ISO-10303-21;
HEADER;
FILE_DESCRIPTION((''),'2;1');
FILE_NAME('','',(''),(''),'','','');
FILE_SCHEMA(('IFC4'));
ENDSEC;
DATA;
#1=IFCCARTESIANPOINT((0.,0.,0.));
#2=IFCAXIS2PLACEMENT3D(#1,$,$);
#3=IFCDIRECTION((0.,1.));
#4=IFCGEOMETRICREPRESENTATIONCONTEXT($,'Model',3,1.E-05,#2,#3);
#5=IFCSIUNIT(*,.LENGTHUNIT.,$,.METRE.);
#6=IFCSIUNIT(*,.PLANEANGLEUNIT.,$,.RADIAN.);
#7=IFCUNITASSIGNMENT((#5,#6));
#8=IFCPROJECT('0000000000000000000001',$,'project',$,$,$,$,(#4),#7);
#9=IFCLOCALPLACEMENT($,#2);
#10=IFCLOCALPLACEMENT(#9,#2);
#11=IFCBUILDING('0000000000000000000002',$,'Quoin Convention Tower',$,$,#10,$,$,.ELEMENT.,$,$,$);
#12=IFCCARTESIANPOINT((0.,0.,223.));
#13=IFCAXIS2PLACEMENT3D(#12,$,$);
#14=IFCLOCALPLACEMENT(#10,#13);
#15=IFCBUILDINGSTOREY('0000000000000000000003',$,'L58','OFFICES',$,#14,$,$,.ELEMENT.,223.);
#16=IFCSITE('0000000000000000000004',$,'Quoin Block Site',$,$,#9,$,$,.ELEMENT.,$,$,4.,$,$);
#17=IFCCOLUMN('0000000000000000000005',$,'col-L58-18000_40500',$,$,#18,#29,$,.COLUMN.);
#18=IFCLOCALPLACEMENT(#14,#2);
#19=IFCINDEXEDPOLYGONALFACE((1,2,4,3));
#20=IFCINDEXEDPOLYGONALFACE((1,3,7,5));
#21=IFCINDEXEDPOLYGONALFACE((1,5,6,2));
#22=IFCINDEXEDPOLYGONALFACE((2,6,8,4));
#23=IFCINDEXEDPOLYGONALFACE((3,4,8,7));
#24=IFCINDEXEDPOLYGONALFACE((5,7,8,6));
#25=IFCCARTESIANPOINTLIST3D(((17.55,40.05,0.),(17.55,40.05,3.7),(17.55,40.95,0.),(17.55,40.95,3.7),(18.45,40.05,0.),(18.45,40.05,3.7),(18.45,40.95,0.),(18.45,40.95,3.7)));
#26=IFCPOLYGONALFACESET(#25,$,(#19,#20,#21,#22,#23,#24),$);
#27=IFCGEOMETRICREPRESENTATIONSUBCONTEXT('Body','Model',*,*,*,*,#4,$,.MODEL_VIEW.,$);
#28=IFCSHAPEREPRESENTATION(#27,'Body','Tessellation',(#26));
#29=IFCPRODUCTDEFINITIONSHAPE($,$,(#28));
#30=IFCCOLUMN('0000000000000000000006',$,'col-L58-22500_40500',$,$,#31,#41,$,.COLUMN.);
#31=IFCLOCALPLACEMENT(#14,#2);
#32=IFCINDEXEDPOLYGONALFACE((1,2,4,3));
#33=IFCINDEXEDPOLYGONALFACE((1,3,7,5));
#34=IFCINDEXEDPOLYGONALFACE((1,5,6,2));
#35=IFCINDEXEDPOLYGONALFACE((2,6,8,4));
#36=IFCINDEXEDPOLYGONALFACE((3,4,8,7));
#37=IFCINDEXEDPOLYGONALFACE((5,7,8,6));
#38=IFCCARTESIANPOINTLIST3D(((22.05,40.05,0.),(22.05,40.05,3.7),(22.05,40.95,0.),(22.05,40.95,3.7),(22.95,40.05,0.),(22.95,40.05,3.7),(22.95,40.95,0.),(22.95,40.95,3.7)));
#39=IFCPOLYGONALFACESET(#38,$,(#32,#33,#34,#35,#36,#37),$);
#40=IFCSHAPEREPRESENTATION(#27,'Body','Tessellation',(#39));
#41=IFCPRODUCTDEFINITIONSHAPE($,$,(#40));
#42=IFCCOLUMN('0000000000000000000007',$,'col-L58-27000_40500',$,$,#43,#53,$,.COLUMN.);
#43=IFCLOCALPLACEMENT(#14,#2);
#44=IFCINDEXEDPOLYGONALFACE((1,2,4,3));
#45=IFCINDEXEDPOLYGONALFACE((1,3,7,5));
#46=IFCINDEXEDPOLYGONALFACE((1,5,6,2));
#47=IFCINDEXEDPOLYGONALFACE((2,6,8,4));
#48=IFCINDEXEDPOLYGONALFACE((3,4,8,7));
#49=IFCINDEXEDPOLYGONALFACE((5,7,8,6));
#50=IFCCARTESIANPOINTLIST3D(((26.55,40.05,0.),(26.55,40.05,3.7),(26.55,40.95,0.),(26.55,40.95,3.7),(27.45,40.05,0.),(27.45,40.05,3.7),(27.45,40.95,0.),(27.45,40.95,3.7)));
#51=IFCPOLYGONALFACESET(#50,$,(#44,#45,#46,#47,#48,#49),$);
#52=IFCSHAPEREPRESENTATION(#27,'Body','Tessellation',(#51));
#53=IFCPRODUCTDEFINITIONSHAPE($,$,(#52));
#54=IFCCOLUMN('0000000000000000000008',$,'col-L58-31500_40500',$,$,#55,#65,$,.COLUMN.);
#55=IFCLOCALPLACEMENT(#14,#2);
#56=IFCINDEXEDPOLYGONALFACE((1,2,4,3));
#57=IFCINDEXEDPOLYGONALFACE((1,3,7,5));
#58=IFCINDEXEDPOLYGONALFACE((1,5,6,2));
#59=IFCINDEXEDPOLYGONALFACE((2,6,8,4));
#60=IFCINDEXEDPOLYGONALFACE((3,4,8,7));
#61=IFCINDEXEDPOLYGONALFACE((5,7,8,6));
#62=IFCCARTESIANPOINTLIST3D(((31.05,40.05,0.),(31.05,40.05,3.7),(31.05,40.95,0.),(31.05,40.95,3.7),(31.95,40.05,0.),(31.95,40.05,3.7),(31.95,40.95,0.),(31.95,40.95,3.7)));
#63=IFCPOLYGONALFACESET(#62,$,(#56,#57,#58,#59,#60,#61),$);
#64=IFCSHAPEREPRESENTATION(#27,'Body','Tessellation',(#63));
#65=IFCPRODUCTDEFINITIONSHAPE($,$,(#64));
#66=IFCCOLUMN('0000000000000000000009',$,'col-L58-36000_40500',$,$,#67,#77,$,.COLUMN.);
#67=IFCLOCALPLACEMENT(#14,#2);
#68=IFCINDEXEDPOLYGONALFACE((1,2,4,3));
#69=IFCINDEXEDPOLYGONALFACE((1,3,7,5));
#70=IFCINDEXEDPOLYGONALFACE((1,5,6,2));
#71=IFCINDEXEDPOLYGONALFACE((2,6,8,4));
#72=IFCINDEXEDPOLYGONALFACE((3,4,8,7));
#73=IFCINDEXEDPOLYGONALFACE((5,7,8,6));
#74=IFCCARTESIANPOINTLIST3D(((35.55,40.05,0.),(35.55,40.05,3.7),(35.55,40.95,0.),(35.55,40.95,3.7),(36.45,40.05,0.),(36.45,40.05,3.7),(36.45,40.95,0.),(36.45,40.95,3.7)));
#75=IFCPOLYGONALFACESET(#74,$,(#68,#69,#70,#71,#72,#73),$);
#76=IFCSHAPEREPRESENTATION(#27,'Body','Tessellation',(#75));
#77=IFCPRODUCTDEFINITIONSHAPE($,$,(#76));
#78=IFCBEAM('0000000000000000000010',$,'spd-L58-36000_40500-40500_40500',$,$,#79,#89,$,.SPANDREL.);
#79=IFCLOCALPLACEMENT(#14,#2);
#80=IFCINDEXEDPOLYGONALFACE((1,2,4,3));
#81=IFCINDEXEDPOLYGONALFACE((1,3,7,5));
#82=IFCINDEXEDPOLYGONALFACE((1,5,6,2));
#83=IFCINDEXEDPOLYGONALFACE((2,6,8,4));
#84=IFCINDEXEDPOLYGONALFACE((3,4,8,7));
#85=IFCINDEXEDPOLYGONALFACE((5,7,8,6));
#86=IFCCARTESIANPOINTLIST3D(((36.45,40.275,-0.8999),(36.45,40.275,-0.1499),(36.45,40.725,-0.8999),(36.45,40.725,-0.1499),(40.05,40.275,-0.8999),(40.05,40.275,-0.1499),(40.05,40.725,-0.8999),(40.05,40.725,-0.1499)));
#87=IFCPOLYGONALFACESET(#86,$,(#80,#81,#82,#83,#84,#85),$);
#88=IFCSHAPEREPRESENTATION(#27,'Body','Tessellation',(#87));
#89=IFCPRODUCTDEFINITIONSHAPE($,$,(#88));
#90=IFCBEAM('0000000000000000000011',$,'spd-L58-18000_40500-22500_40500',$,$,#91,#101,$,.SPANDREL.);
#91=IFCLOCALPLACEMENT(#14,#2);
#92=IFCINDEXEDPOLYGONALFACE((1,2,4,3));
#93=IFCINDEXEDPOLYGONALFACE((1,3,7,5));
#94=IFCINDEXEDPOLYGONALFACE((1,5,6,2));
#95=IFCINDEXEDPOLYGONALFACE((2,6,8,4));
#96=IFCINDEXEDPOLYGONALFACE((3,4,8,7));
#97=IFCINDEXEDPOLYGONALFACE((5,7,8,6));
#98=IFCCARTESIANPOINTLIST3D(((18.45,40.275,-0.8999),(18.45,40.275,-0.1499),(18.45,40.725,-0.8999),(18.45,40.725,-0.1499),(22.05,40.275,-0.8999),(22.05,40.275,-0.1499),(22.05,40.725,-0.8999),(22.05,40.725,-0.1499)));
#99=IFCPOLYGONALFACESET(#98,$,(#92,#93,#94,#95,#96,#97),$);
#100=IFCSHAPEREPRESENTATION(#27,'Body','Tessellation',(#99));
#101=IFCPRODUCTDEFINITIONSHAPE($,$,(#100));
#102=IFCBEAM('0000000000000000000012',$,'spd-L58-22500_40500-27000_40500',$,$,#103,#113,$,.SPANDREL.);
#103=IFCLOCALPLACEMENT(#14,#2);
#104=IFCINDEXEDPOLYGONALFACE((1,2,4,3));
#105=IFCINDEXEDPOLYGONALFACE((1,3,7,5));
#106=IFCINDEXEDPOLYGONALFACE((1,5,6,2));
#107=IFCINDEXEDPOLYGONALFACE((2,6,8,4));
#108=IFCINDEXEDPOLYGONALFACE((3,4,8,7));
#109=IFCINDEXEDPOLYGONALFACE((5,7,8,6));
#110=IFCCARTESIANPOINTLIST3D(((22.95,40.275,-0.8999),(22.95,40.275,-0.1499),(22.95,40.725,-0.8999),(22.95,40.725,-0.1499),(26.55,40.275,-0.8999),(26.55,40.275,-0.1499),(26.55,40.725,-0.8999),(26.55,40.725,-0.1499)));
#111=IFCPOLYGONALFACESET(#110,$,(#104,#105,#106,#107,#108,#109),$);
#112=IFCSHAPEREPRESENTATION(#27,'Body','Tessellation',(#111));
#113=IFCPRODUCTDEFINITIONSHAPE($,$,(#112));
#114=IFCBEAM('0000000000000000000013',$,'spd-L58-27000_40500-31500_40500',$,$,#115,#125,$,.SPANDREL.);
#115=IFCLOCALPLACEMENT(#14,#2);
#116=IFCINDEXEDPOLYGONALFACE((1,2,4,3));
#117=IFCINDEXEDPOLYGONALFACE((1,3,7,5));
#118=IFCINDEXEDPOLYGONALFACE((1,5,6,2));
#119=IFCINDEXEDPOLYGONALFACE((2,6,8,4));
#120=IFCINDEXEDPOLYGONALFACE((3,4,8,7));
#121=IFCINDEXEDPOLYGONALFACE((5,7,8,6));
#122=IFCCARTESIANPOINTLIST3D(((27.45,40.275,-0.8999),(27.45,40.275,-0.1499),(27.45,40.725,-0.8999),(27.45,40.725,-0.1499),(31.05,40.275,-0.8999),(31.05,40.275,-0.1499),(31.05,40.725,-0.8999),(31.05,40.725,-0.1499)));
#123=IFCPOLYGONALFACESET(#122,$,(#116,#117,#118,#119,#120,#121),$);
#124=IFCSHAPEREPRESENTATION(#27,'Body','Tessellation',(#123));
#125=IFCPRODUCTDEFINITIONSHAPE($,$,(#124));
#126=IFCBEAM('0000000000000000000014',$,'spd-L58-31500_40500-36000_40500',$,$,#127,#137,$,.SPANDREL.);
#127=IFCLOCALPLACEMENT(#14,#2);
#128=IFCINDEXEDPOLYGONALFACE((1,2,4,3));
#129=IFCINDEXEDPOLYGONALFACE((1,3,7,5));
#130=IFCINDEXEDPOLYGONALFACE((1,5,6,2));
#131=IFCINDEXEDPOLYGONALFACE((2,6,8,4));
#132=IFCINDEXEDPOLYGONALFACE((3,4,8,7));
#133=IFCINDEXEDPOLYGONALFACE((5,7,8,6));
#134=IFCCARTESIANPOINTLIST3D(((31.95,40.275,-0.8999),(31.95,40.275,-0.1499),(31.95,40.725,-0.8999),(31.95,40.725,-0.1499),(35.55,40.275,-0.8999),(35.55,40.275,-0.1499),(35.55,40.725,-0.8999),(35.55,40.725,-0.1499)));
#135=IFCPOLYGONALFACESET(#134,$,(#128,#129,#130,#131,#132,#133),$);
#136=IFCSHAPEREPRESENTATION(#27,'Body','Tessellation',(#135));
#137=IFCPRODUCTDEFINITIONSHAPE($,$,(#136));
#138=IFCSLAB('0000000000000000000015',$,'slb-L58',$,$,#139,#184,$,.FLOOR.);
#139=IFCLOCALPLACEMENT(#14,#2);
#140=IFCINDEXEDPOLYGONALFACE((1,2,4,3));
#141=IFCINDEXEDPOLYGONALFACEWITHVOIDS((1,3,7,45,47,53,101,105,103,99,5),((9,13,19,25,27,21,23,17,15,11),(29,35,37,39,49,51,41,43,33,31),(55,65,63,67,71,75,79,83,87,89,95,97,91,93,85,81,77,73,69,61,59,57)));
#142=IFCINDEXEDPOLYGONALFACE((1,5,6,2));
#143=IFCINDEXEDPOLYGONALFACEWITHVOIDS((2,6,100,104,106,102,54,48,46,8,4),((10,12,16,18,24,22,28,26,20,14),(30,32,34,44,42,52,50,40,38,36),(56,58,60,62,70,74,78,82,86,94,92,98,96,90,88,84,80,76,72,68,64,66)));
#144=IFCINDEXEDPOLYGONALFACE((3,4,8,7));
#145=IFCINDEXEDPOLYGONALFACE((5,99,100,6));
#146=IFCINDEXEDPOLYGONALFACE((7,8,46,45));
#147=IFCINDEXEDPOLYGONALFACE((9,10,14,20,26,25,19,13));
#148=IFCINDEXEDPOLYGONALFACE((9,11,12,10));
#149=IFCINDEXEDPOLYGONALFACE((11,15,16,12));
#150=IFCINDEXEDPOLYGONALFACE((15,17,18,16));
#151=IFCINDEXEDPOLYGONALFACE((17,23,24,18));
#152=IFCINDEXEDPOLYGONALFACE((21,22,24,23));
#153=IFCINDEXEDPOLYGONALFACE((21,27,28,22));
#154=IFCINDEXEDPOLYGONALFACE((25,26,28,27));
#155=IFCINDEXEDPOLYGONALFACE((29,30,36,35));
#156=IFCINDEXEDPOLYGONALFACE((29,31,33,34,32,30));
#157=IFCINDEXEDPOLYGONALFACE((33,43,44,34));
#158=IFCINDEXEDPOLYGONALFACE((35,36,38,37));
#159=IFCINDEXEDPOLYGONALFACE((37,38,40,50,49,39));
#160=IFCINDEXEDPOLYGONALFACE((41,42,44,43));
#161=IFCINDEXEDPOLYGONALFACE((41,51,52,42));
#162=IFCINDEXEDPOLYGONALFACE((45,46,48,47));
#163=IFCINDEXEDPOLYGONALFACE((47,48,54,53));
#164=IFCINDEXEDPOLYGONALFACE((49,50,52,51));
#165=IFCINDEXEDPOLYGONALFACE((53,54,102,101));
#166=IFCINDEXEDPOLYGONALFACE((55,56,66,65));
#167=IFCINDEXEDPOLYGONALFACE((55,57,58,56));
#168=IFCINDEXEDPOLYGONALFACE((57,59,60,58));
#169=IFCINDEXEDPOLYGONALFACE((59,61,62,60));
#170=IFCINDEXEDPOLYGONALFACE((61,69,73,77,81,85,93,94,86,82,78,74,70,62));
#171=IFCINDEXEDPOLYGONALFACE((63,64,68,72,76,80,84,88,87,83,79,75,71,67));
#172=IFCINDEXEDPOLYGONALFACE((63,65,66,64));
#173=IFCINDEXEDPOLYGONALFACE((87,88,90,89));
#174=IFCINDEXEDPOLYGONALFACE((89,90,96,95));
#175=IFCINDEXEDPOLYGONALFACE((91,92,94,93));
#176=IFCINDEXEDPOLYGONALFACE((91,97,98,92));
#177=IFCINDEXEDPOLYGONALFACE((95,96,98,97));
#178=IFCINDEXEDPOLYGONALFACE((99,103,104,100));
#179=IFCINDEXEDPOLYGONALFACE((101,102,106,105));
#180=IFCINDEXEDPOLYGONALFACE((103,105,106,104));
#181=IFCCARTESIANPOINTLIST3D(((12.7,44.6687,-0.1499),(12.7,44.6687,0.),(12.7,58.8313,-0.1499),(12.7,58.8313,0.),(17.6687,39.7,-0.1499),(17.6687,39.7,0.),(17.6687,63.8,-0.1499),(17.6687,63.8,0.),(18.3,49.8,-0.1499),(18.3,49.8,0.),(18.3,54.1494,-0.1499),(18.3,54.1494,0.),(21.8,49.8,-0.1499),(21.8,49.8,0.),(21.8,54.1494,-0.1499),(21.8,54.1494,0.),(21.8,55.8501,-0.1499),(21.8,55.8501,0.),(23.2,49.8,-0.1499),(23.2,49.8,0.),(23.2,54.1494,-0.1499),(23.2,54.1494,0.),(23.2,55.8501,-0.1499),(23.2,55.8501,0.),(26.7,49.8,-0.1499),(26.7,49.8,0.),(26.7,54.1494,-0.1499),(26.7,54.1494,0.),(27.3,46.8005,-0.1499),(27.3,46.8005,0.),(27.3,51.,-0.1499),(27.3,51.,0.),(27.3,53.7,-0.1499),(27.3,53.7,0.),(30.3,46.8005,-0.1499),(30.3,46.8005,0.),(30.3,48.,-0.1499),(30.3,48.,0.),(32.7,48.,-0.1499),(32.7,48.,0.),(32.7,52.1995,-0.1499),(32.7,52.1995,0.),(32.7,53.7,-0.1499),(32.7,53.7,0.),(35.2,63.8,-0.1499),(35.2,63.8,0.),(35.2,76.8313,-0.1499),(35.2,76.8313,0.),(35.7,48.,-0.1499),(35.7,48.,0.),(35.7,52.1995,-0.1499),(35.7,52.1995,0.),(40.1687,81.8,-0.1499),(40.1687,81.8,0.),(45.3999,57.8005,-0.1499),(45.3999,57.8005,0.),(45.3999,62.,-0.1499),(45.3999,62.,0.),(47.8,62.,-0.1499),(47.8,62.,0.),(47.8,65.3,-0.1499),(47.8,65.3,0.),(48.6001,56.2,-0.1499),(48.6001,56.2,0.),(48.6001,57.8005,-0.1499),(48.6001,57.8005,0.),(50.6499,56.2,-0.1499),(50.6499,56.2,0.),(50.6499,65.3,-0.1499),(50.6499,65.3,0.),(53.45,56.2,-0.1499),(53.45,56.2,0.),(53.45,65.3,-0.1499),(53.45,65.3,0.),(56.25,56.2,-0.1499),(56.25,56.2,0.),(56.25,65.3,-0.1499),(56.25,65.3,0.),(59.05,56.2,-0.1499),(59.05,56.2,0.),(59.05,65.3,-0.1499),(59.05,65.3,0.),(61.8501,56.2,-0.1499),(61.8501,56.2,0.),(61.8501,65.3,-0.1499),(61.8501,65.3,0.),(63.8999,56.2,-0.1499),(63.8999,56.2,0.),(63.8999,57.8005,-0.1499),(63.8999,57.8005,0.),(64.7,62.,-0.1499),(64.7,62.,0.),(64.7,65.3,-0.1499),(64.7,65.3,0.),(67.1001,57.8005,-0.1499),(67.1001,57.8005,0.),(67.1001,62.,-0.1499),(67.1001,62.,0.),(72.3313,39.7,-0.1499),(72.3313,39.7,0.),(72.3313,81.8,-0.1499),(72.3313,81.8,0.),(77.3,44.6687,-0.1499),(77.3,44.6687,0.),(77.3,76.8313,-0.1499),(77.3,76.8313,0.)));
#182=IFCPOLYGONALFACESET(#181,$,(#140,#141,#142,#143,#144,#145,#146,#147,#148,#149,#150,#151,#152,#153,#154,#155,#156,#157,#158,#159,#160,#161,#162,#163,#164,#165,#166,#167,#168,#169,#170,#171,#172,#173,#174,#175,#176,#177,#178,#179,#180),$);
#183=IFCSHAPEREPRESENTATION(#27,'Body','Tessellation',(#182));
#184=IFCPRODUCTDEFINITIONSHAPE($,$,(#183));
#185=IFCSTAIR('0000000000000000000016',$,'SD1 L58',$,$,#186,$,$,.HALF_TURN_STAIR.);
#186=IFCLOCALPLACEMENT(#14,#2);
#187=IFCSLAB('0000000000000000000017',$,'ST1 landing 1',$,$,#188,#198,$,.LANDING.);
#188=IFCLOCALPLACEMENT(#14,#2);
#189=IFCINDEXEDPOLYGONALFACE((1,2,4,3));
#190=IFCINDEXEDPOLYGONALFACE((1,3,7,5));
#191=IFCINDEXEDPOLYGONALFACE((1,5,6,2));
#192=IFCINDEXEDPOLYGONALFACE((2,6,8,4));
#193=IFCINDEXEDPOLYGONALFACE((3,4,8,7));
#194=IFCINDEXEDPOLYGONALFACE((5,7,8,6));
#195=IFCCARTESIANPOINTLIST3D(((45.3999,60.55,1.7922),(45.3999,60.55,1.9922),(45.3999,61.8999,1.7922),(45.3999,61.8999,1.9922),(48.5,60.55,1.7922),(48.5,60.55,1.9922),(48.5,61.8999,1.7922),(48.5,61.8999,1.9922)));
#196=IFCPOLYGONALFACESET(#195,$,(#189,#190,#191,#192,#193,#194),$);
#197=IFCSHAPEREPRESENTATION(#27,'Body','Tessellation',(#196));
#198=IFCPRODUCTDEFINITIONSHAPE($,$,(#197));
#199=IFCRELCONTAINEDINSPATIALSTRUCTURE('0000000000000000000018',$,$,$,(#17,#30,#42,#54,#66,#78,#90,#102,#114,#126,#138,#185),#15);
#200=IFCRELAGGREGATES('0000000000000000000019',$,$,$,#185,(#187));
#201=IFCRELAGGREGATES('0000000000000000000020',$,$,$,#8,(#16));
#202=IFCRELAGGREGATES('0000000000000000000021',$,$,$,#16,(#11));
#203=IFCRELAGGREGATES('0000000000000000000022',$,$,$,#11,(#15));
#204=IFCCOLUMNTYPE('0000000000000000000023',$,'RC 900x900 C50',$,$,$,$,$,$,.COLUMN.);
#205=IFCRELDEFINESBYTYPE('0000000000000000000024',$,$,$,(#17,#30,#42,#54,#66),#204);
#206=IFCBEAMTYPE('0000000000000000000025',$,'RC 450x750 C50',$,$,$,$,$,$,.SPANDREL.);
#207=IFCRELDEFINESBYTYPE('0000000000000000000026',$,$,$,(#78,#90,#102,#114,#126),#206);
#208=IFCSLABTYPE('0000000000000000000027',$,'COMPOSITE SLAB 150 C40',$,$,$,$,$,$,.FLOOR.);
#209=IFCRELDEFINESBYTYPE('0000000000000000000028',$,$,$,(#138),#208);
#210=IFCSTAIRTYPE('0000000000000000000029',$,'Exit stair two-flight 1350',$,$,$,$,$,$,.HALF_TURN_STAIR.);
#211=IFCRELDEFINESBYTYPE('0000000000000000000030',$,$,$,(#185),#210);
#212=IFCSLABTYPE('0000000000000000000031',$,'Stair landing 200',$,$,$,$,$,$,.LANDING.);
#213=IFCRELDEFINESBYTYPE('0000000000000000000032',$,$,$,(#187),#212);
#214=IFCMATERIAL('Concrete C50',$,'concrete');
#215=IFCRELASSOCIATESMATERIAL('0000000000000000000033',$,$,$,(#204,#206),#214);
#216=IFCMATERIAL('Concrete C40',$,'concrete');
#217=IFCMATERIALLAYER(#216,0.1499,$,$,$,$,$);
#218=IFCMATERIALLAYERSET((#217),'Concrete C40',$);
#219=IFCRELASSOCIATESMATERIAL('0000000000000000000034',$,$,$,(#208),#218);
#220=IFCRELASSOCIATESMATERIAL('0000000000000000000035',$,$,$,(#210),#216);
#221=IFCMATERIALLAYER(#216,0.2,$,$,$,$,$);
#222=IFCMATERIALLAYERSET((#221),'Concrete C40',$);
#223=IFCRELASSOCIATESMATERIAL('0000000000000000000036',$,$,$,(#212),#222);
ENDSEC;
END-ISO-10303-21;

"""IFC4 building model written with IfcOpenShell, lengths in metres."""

from ifc_helpers import new_model, si_unit, direction, frame, origin, origin_2d, place, context, subcontext, project, spatial, polyline, rectangle, outline, extrude, material, layer, layer_set, material_profile, profile_set, type_object, element, aggregate, save


model = new_model("IFC4")

# Units and contexts
model_context = context("Model", 3, precision=1e-05, world=origin(), true_north=direction((0.0, 1.0)))
body_context = subcontext(model_context, "Body", "Model", "MODEL_VIEW")
ifc_project = project(units=[si_unit("LENGTHUNIT", "METRE"), si_unit("PLANEANGLEUNIT", "RADIAN")], contexts=[model_context])

# Site, building, storey
site_placement = place(None, origin())
site = spatial("IfcSite", under=ifc_project, at=site_placement, Name="Quoin Block Site", CompositionType="ELEMENT", RefElevation=4.0)
building_placement = place(site_placement, origin())
building = spatial("IfcBuilding", under=site, at=building_placement, Name="Quoin Convention Tower", CompositionType="ELEMENT")
storey_placement = place(building_placement, frame((0.0, 0.0, 223.0)))
storey = spatial("IfcBuildingStorey", under=building, at=storey_placement, Name="L58", Description="OFFICES", CompositionType="ELEMENT", Elevation=223.0)

# Columns
ifc_material_1 = material(Name="Concrete C50", Category="concrete")
ifc_material_profile_1 = material_profile(ifc_material_1, rectangle(XDim=0.8999, YDim=0.8999, at=origin_2d()), Name="RC 900x900")
ifc_profile_set_1 = profile_set([ifc_material_profile_1], Name="Concrete C50")
column_type = type_object("IfcColumnType", Name="RC 900x900 C50", PredefinedType="COLUMN", material=ifc_profile_set_1)
for number, where, z_axis, x_axis, name in (
    (1, (18.0, 40.5, 0.0), (0.0, 0.0, 1.0), (1.0, 0.0, 0.0), "col-L58-18000_40500"),
    (2, (22.5, 40.5, 0.0), (0.0, 0.0, 1.0), (1.0, 0.0, 0.0), "col-L58-22500_40500"),
    (3, (27.0, 40.5, 0.0), (0.0, 0.0, 1.0), (1.0, 0.0, 0.0), "col-L58-27000_40500"),
    (4, (31.5, 40.5, 0.0), (0.0, 0.0, 1.0), (1.0, 0.0, 0.0), "col-L58-31500_40500"),
    (5, (36.0, 40.5, 0.0), (0.0, 0.0, 1.0), (1.0, 0.0, 0.0), "col-L58-36000_40500"),
):
    element("IfcColumn", number, at=place(storey_placement, frame(where, z_axis=z_axis, x_axis=x_axis)), inside=storey, type_object=column_type, Name=name, PredefinedType="COLUMN", context=body_context, shape_type="SweptSolid", body=[
        extrude(rectangle(XDim=0.8999, YDim=0.8999, at=origin_2d()), origin(), (0.0, 0.0, 1.0), 3.7),
    ])

# Beams
ifc_material_profile_2 = material_profile(ifc_material_1, rectangle(XDim=0.45, YDim=0.75, at=origin_2d()), Name="RC 450x750")
ifc_profile_set_2 = profile_set([ifc_material_profile_2], Name="Concrete C50")
beam_type = type_object("IfcBeamType", Name="RC 450x750 C50", PredefinedType="SPANDREL", material=ifc_profile_set_2)
for number, where, z_axis, x_axis, name in (
    (6, (36.45, 40.5, -0.5249), (1.0, 0.0, 0.0), (0.0, 1.0, 0.0), "spd-L58-36000_40500-40500_40500"),
    (7, (18.45, 40.5, -0.5249), (1.0, 0.0, 0.0), (0.0, 1.0, 0.0), "spd-L58-18000_40500-22500_40500"),
    (8, (22.95, 40.5, -0.5249), (1.0, 0.0, 0.0), (0.0, 1.0, 0.0), "spd-L58-22500_40500-27000_40500"),
    (9, (27.45, 40.5, -0.5249), (1.0, 0.0, 0.0), (0.0, 1.0, 0.0), "spd-L58-27000_40500-31500_40500"),
    (10, (31.95, 40.5, -0.5249), (1.0, 0.0, 0.0), (0.0, 1.0, 0.0), "spd-L58-31500_40500-36000_40500"),
):
    element("IfcBeam", number, at=place(storey_placement, frame(where, z_axis=z_axis, x_axis=x_axis)), inside=storey, type_object=beam_type, Name=name, PredefinedType="SPANDREL", context=body_context, shape_type="SweptSolid", body=[
        extrude(rectangle(XDim=0.45, YDim=0.75, at=origin_2d()), origin(), (0.0, 0.0, 1.0), 3.6001),
    ])

# Slab
ifc_material_2 = material(Name="Concrete C40", Category="concrete")
ifc_layer_1 = layer(ifc_material_2, 0.1499)
ifc_layer_set_1 = layer_set([ifc_layer_1], Name="Concrete C40")
slab_type_1 = type_object("IfcSlabType", Name="COMPOSITE SLAB 150 C40", PredefinedType="FLOOR", material=ifc_layer_set_1)
slab_1_placement = place(storey_placement, frame((0.0, 0.0, -0.1499)))
element("IfcSlab", 11, at=slab_1_placement, inside=storey, type_object=slab_type_1, Name="slb-L58", PredefinedType="FLOOR", context=body_context, shape_type="SweptSolid", body=[
    extrude(outline(polyline([(17.6687, 39.7), (12.7, 44.6687), (12.7, 58.8313), (17.6687, 63.8), (35.2, 63.8), (35.2, 76.8313), (40.1687, 81.8), (72.3313, 81.8), (77.3, 76.8313), (77.3, 44.6687), (72.3313, 39.7), (17.6687, 39.7)]), holes=[polyline([(27.3, 51.0), (27.3, 46.8005), (30.3, 46.8005), (30.3, 48.0), (32.7, 48.0), (35.7, 48.0), (35.7, 52.1995), (32.7, 52.1995), (32.7, 53.7), (27.3, 53.7), (27.3, 51.0)]), polyline([(18.3, 49.8), (21.8, 49.8), (23.2, 49.8), (26.7, 49.8), (26.7, 54.1494), (23.2, 54.1494), (23.2, 55.8501), (21.8, 55.8501), (21.8, 54.1494), (18.3, 54.1494), (18.3, 49.8)]), polyline([(48.6001, 56.2), (50.6499, 56.2), (53.45, 56.2), (56.25, 56.2), (59.05, 56.2), (61.8501, 56.2), (63.8999, 56.2), (63.8999, 57.8005), (67.1001, 57.8005), (67.1001, 62.0), (64.7, 62.0), (64.7, 65.3), (61.8501, 65.3), (59.05, 65.3), (56.25, 65.3), (53.45, 65.3), (50.6499, 65.3), (47.8, 65.3), (47.8, 62.0), (45.3999, 62.0), (45.3999, 57.8005), (48.6001, 57.8005), (48.6001, 56.2)])]), origin(), (0.0, 0.0, 1.0), 0.1499),
])

# Stair, slab
stair_type_1 = type_object("IfcStairType", Name="Exit stair two-flight 1350", PredefinedType="HALF_TURN_STAIR", material=ifc_material_2)
stair_1_placement = place(storey_placement, origin())
stair_1 = element("IfcStair", 12, at=stair_1_placement, inside=storey, type_object=stair_type_1, Name="SD1 L58", PredefinedType="HALF_TURN_STAIR")
ifc_layer_2 = layer(ifc_material_2, 0.2)
ifc_layer_set_2 = layer_set([ifc_layer_2], Name="Concrete C40")
slab_type_2 = type_object("IfcSlabType", Name="Stair landing 200", PredefinedType="LANDING", material=ifc_layer_set_2)
slab_2_placement = place(storey_placement, frame((0.0, 0.0, 1.7922)))
slab_2 = element("IfcSlab", 13, at=slab_2_placement, type_object=slab_type_2, Name="ST1 landing 1", PredefinedType="LANDING", context=body_context, shape_type="SweptSolid", body=[
    extrude(outline(polyline([(45.3999, 60.55), (48.5, 60.55), (48.5, 61.8999), (45.3999, 61.8999), (45.3999, 60.55)])), origin(), (0.0, 0.0, 1.0), 0.2),
])
aggregate(stair_1, [slab_2])

save(model, "model.ifc")
